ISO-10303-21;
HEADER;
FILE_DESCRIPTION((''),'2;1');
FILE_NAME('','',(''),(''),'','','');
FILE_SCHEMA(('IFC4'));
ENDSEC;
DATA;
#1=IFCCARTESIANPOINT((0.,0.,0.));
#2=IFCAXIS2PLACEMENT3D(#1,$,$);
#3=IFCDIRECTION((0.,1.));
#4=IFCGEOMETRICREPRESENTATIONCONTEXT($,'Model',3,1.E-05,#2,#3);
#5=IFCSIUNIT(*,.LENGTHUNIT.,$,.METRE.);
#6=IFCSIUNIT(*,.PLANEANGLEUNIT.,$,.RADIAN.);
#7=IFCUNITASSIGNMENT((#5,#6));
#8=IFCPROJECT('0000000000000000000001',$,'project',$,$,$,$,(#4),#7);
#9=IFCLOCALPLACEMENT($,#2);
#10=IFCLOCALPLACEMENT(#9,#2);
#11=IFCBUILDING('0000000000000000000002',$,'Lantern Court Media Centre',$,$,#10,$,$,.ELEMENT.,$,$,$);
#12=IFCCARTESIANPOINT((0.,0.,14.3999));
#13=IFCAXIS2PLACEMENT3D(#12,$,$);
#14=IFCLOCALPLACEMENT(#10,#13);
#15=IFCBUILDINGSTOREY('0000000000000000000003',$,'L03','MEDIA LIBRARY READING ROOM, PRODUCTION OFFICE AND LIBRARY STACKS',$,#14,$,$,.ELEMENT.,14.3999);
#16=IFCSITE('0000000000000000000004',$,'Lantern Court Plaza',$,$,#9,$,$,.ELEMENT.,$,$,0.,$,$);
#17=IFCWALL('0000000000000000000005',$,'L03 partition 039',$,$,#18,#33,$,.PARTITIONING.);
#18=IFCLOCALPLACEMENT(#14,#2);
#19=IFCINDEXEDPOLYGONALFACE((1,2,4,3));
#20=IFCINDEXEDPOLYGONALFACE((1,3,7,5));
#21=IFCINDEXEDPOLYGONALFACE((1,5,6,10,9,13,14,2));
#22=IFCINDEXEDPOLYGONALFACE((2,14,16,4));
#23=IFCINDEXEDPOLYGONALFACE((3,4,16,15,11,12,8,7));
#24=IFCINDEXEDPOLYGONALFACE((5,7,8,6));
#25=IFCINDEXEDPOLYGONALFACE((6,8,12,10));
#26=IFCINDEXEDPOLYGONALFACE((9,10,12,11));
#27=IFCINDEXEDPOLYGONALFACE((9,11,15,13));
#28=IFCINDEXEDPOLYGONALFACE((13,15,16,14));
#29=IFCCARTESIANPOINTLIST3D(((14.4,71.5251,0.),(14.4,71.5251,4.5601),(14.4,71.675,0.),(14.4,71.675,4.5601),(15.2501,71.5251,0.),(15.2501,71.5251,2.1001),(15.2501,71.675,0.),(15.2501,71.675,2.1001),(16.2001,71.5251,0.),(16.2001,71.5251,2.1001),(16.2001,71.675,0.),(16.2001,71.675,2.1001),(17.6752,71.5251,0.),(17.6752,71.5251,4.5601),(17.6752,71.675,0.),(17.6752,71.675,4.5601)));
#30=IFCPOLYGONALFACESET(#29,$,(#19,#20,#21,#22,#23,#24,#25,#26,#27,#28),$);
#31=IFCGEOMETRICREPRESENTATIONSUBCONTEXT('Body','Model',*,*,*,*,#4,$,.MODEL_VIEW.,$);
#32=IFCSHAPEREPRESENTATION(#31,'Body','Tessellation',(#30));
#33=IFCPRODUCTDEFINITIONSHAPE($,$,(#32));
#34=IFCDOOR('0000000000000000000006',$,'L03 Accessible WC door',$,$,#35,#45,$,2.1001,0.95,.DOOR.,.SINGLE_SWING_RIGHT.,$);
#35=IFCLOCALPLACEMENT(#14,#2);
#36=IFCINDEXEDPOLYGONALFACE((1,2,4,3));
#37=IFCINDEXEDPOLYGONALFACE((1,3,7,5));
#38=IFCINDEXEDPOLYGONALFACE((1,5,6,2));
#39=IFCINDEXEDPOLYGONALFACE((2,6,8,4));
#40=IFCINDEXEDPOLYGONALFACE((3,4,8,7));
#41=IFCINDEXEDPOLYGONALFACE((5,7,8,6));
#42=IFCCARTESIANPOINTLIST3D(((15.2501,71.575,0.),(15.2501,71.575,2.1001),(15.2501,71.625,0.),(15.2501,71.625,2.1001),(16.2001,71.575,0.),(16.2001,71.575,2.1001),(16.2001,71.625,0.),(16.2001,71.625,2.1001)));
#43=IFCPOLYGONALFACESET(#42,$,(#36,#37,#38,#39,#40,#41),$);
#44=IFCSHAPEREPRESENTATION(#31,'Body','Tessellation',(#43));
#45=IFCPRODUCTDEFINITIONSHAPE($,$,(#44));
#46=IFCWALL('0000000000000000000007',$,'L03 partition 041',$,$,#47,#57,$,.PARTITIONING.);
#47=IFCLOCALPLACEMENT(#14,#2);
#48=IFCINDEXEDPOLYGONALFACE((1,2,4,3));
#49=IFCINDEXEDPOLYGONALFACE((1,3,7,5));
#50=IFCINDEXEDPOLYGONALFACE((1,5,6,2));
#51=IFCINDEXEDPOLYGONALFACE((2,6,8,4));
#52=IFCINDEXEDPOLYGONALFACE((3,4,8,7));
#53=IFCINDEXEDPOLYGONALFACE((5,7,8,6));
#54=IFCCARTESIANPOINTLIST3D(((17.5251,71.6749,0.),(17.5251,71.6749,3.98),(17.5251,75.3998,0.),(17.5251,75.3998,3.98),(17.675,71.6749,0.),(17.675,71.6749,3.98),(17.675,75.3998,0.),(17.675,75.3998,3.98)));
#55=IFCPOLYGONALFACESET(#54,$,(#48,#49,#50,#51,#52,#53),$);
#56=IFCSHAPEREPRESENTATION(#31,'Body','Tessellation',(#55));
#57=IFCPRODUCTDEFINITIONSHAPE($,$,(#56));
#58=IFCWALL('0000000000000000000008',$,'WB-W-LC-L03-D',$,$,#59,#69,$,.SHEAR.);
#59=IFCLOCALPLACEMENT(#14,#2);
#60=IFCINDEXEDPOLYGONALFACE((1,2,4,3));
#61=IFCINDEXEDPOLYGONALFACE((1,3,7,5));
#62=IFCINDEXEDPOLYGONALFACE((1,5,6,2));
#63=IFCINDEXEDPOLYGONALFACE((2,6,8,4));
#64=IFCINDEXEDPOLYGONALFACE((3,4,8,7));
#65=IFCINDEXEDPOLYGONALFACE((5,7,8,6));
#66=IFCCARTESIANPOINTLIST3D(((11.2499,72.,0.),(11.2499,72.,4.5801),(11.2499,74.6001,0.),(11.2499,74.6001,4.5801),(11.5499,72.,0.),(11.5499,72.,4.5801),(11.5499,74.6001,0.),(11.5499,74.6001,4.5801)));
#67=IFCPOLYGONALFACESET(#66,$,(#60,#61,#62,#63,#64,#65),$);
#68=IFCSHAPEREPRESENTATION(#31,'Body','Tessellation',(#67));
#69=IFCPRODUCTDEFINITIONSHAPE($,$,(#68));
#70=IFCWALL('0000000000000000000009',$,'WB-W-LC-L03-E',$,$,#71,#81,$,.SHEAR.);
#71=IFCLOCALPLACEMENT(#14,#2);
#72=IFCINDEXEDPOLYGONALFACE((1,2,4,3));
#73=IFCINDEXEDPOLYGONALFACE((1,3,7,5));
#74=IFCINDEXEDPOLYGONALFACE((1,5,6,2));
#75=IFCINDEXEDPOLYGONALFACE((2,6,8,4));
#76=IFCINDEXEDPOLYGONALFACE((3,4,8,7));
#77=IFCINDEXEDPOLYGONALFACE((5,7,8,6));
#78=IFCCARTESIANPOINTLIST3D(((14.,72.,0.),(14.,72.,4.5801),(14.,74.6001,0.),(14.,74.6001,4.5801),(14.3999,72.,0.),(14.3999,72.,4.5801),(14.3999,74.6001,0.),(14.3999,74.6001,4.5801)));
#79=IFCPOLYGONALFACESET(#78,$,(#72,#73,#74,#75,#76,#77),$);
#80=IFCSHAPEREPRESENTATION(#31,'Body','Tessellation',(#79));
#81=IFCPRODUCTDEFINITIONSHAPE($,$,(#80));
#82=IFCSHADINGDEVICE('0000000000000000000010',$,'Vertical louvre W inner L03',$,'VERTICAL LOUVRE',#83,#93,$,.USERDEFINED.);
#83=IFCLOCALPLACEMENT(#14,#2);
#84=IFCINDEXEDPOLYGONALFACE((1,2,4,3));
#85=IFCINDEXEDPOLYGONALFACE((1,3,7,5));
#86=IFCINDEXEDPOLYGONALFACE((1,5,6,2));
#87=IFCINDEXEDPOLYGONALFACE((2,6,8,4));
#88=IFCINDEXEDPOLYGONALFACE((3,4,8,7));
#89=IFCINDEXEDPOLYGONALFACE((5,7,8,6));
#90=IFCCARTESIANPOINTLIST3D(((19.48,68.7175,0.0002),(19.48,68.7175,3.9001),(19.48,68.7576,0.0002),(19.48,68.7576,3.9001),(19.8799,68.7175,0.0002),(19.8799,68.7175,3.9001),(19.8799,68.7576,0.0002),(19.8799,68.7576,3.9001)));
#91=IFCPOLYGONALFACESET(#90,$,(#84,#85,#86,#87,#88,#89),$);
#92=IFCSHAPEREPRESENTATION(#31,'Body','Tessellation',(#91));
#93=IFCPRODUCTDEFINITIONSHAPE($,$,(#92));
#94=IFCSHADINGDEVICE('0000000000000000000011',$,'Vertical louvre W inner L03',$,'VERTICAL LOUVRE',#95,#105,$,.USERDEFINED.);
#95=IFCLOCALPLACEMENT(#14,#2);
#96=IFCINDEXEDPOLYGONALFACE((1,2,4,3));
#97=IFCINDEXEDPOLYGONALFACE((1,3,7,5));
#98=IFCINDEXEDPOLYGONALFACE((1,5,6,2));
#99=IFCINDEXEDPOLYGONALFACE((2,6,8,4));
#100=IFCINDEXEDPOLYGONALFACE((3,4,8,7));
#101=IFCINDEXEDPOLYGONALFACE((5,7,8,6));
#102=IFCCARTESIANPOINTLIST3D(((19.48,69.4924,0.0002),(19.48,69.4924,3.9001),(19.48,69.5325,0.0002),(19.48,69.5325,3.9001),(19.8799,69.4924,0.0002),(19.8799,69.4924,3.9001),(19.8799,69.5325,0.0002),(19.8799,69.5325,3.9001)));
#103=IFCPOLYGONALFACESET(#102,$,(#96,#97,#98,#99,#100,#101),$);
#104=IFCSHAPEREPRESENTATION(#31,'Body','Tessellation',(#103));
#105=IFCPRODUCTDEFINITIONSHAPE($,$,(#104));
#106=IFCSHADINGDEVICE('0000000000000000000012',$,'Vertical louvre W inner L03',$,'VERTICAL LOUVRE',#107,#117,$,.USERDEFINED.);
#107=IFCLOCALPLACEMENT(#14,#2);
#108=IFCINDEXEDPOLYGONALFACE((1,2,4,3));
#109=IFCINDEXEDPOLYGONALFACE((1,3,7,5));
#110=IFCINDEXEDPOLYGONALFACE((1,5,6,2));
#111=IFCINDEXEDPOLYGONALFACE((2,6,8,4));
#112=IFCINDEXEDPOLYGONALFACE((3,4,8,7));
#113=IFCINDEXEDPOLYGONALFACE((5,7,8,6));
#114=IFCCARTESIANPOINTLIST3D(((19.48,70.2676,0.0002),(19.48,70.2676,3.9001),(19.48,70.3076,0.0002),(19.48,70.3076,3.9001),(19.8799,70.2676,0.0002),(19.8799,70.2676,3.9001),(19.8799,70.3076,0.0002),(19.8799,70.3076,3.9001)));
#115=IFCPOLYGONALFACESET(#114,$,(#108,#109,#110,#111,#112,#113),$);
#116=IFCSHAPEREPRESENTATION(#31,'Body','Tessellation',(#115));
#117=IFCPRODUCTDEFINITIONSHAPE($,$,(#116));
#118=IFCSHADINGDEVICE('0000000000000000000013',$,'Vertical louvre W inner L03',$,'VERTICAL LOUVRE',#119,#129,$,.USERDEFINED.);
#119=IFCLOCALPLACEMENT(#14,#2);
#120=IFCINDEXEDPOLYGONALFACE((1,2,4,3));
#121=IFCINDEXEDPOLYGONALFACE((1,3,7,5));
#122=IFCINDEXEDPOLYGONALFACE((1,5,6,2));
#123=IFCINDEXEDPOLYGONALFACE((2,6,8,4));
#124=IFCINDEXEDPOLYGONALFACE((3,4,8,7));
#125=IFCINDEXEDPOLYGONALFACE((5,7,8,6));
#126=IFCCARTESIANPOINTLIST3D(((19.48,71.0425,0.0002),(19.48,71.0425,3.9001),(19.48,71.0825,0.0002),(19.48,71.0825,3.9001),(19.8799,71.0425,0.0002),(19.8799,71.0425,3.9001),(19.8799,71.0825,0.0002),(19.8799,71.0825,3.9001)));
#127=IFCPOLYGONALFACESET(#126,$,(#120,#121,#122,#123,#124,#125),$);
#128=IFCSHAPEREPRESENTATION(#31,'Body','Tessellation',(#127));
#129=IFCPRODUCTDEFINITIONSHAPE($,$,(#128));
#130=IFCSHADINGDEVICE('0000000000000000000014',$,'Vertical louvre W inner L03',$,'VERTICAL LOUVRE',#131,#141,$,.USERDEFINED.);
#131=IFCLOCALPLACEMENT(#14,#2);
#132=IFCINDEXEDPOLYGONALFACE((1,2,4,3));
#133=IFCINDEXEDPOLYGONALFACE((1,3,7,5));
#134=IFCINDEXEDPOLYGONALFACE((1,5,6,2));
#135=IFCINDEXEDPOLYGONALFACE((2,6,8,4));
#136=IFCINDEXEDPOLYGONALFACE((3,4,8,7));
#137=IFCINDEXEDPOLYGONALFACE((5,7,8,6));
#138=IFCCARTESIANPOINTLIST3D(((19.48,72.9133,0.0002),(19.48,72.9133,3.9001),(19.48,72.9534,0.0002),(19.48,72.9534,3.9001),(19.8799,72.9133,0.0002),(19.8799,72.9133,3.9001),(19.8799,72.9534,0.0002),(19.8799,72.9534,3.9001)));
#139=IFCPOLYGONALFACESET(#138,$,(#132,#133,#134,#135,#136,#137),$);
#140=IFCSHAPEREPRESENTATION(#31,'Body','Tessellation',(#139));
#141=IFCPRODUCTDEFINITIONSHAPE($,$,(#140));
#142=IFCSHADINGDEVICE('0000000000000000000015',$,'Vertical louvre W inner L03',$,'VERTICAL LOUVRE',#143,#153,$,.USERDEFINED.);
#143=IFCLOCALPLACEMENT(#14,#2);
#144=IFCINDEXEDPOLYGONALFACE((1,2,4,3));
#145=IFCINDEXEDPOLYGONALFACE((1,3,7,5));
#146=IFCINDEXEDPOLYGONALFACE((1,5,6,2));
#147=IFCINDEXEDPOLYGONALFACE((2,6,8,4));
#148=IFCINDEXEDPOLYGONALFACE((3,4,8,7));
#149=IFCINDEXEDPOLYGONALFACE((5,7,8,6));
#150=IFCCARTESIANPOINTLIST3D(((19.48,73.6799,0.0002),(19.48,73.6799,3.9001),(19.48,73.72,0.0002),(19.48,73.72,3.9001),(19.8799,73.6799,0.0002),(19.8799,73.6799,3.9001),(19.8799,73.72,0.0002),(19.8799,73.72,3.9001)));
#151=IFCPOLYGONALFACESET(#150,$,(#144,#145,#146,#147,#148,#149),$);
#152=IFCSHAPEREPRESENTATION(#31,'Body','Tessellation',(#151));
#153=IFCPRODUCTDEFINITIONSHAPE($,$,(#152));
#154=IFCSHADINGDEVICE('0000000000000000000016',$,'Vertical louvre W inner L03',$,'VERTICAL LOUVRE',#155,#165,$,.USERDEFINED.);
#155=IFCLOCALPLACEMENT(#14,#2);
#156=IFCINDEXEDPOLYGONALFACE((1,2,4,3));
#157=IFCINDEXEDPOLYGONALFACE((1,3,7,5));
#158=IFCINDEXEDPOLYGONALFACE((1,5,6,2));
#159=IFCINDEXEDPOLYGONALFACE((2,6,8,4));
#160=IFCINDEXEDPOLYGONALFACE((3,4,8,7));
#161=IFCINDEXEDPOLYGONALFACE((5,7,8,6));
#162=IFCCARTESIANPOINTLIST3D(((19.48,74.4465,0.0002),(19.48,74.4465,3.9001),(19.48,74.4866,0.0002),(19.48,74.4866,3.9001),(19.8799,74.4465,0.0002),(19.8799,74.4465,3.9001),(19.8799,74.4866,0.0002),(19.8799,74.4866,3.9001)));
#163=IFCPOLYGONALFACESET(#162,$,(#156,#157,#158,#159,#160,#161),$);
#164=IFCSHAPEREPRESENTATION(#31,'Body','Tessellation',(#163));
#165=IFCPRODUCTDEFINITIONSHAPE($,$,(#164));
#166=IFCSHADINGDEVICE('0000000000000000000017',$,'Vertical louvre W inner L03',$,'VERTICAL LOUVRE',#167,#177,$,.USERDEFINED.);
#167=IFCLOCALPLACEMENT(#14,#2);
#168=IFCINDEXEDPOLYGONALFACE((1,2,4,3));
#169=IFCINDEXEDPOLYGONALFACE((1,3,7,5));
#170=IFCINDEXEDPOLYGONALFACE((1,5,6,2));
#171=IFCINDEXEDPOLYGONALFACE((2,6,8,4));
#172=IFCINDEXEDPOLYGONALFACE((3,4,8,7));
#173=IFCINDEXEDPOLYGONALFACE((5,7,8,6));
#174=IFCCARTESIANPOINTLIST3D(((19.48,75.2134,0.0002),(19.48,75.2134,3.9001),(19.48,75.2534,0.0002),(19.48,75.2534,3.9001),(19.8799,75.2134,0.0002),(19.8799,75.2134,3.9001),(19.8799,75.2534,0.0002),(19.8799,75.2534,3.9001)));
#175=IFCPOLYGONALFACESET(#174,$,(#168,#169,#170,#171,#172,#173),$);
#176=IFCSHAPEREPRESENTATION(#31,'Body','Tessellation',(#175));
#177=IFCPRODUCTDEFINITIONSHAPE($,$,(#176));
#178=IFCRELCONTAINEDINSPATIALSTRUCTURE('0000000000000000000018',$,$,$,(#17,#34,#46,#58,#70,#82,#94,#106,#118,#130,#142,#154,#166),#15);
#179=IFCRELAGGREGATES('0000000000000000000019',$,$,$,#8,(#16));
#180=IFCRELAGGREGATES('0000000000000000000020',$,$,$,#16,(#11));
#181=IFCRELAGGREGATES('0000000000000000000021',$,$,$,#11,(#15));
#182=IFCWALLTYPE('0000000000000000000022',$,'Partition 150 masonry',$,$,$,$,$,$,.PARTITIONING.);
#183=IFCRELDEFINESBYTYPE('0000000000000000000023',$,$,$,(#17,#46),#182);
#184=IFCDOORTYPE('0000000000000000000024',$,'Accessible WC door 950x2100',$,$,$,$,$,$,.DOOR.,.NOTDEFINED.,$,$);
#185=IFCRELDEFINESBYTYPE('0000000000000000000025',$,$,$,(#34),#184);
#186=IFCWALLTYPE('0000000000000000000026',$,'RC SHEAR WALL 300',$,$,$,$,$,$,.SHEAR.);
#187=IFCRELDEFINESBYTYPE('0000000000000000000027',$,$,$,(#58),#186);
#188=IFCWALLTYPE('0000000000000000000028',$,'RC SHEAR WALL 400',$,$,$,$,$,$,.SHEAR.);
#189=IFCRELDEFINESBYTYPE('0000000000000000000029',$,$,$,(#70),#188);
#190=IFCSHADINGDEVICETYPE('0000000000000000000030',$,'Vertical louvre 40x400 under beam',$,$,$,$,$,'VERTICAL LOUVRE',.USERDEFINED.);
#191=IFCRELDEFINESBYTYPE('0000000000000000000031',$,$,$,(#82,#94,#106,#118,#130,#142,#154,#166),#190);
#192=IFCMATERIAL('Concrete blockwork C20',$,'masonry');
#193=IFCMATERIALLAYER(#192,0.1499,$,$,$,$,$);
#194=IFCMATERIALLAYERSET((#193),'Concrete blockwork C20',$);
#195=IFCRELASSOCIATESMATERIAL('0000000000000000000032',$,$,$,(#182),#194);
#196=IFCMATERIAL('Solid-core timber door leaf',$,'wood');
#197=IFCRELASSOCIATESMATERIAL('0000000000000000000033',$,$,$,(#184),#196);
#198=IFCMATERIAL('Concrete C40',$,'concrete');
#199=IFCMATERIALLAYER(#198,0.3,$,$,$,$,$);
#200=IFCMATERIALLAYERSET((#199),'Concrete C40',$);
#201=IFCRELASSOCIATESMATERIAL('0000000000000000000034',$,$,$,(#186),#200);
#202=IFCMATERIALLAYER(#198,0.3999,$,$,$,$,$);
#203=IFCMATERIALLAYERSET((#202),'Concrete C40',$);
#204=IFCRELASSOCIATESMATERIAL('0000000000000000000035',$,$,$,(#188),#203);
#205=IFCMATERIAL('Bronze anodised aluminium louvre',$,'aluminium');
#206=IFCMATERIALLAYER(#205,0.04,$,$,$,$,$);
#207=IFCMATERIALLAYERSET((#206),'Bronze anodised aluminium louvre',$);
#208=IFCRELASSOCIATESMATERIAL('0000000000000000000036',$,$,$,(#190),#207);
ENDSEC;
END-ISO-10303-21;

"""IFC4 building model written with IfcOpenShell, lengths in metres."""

from ifc_helpers import new_model, si_unit, direction, frame, frame_2d, origin, origin_2d, place, context, subcontext, project, spatial, rectangle, extrude, material, layer, layer_set, type_object, element, fill, save


model = new_model("IFC4")

# Units and contexts
model_context = context("Model", 3, precision=1e-05, world=origin(), true_north=direction((0.0, 1.0)))
body_context = subcontext(model_context, "Body", "Model", "MODEL_VIEW")
ifc_project = project(units=[si_unit("LENGTHUNIT", "METRE"), si_unit("PLANEANGLEUNIT", "RADIAN")], contexts=[model_context])

# Site, building, storey
site_placement = place(None, origin())
site = spatial("IfcSite", under=ifc_project, at=site_placement, Name="Lantern Court Plaza", CompositionType="ELEMENT", RefElevation=0.0)
building_placement = place(site_placement, origin())
building = spatial("IfcBuilding", under=site, at=building_placement, Name="Lantern Court Media Centre", CompositionType="ELEMENT")
storey_placement = place(building_placement, frame((0.0, 0.0, 14.3999)))
storey = spatial("IfcBuildingStorey", under=building, at=storey_placement, Name="L03", Description="MEDIA LIBRARY READING ROOM, PRODUCTION OFFICE AND LIBRARY STACKS", CompositionType="ELEMENT", Elevation=14.3999)

# Wall, opening, door
ifc_material_1 = material(Name="Concrete blockwork C20", Category="masonry")
ifc_layer_1 = layer(ifc_material_1, 0.1499)
ifc_layer_set_1 = layer_set([ifc_layer_1], Name="Concrete blockwork C20")
wall_type_1 = type_object("IfcWallType", Name="Partition 150 masonry", PredefinedType="PARTITIONING", material=ifc_layer_set_1)
wall_1_placement = place(storey_placement, frame((14.3999, 71.6001, 0.0), z_axis=(0.0, 0.0, 1.0), x_axis=(1.0, 0.0, 0.0)))
wall_1 = element("IfcWall", 1, at=wall_1_placement, inside=storey, type_object=wall_type_1, Name="L03 partition 039", PredefinedType="PARTITIONING", context=body_context, shape_type="SweptSolid", body=[
    extrude(rectangle(XDim=3.2751, YDim=0.1499, at=frame_2d((1.6377, 0.0))), origin(), (0.0, 0.0, 1.0), 4.5601),
])
opening_placement = place(wall_1_placement, frame((0.8501, 0.0, 0.0)))
opening = element("IfcOpeningElement", 2, at=opening_placement, cuts=wall_1, PredefinedType="OPENING", context=body_context, shape_type="SweptSolid", body=[
    extrude(rectangle(XDim=0.95, YDim=2.1001, at=frame_2d((0.4751, 1.05))), frame((0.0, 0.085, 0.0), z_axis=(0.0, -1.0, 0.0), x_axis=(1.0, 0.0, 0.0)), (0.0, 0.0, 1.0), 0.1699),
])
ifc_material_2 = material(Name="Solid-core timber door leaf", Category="wood")
door_type = type_object("IfcDoorType", Name="Accessible WC door 950x2100", OperationType="NOTDEFINED", PredefinedType="DOOR", material=ifc_material_2)
door_placement = place(opening_placement, origin())
door = element("IfcDoor", 3, at=door_placement, inside=storey, type_object=door_type, Name="L03 Accessible WC door", OperationType="SINGLE_SWING_RIGHT", OverallHeight=2.1001, OverallWidth=0.95, PredefinedType="DOOR", context=body_context, shape_type="SweptSolid", body=[
    extrude(rectangle(XDim=0.95, YDim=2.1001, at=frame_2d((0.4751, 1.05))), frame((0.0, 0.0249, 0.0), z_axis=(0.0, -1.0, 0.0), x_axis=(1.0, 0.0, 0.0)), (0.0, 0.0, 1.0), 0.05),
])
fill(opening, door)

# Walls
wall_2_placement = place(storey_placement, frame((17.6001, 71.675, 0.0), z_axis=(0.0, 0.0, 1.0), x_axis=(0.0, 1.0, 0.0)))
element("IfcWall", 4, at=wall_2_placement, inside=storey, type_object=wall_type_1, Name="L03 partition 041", PredefinedType="PARTITIONING", context=body_context, shape_type="SweptSolid", body=[
    extrude(rectangle(XDim=3.7249, YDim=0.1499, at=frame_2d((1.8623, 0.0))), origin(), (0.0, 0.0, 1.0), 3.98),
])
ifc_material_3 = material(Name="Concrete C40", Category="concrete")
ifc_layer_2 = layer(ifc_material_3, 0.3)
ifc_layer_set_2 = layer_set([ifc_layer_2], Name="Concrete C40")
wall_type_2 = type_object("IfcWallType", Name="RC SHEAR WALL 300", PredefinedType="SHEAR", material=ifc_layer_set_2)
wall_3_placement = place(storey_placement, frame((11.3999, 72.0, 0.0), z_axis=(0.0, 0.0, 1.0), x_axis=(0.0, 1.0, 0.0)))
element("IfcWall", 5, at=wall_3_placement, inside=storey, type_object=wall_type_2, Name="WB-W-LC-L03-D", PredefinedType="SHEAR", context=body_context, shape_type="SweptSolid", body=[
    extrude(rectangle(XDim=2.6001, YDim=0.3, at=frame_2d((1.3, 0.0))), origin(), (0.0, 0.0, 1.0), 4.5801),
])
ifc_layer_3 = layer(ifc_material_3, 0.3999)
ifc_layer_set_3 = layer_set([ifc_layer_3], Name="Concrete C40")
wall_type_3 = type_object("IfcWallType", Name="RC SHEAR WALL 400", PredefinedType="SHEAR", material=ifc_layer_set_3)
wall_4_placement = place(storey_placement, frame((14.2, 72.0, 0.0), z_axis=(0.0, 0.0, 1.0), x_axis=(0.0, 1.0, 0.0)))
element("IfcWall", 6, at=wall_4_placement, inside=storey, type_object=wall_type_3, Name="WB-W-LC-L03-E", PredefinedType="SHEAR", context=body_context, shape_type="SweptSolid", body=[
    extrude(rectangle(XDim=2.6001, YDim=0.3999, at=frame_2d((1.3, 0.0))), origin(), (0.0, 0.0, 1.0), 4.5801),
])

# Shading devices
ifc_material_4 = material(Name="Bronze anodised aluminium louvre", Category="aluminium")
ifc_layer_4 = layer(ifc_material_4, 0.04)
ifc_layer_set_4 = layer_set([ifc_layer_4], Name="Bronze anodised aluminium louvre")
shading_device_type = type_object("IfcShadingDeviceType", Name="Vertical louvre 40x400 under beam", ElementType="VERTICAL LOUVRE", PredefinedType="USERDEFINED", material=ifc_layer_set_4)
for number, where, z_axis, x_axis, name in (
    (7, (19.6799, 68.7375, 0.0002), (0.0, 0.0, 1.0), (1.0, 0.0, 0.0), "Vertical louvre W inner L03"),
    (8, (19.6799, 69.5125, 0.0002), (0.0, 0.0, 1.0), (1.0, 0.0, 0.0), "Vertical louvre W inner L03"),
    (9, (19.6799, 70.2876, 0.0002), (0.0, 0.0, 1.0), (1.0, 0.0, 0.0), "Vertical louvre W inner L03"),
    (10, (19.6799, 71.0625, 0.0002), (0.0, 0.0, 1.0), (1.0, 0.0, 0.0), "Vertical louvre W inner L03"),
    (11, (19.6799, 72.9333, 0.0002), (0.0, 0.0, 1.0), (1.0, 0.0, 0.0), "Vertical louvre W inner L03"),
    (12, (19.6799, 73.7, 0.0002), (0.0, 0.0, 1.0), (1.0, 0.0, 0.0), "Vertical louvre W inner L03"),
    (13, (19.6799, 74.4666, 0.0002), (0.0, 0.0, 1.0), (1.0, 0.0, 0.0), "Vertical louvre W inner L03"),
    (14, (19.6799, 75.2334, 0.0002), (0.0, 0.0, 1.0), (1.0, 0.0, 0.0), "Vertical louvre W inner L03"),
):
    element("IfcShadingDevice", number, at=place(storey_placement, frame(where, z_axis=z_axis, x_axis=x_axis)), inside=storey, type_object=shading_device_type, Name=name, ObjectType="VERTICAL LOUVRE", PredefinedType="USERDEFINED", context=body_context, shape_type="SweptSolid", body=[
        extrude(rectangle(XDim=0.3999, YDim=0.04, at=origin_2d()), origin(), (0.0, 0.0, 1.0), 3.8999),
    ])

save(model, "model.ifc")
